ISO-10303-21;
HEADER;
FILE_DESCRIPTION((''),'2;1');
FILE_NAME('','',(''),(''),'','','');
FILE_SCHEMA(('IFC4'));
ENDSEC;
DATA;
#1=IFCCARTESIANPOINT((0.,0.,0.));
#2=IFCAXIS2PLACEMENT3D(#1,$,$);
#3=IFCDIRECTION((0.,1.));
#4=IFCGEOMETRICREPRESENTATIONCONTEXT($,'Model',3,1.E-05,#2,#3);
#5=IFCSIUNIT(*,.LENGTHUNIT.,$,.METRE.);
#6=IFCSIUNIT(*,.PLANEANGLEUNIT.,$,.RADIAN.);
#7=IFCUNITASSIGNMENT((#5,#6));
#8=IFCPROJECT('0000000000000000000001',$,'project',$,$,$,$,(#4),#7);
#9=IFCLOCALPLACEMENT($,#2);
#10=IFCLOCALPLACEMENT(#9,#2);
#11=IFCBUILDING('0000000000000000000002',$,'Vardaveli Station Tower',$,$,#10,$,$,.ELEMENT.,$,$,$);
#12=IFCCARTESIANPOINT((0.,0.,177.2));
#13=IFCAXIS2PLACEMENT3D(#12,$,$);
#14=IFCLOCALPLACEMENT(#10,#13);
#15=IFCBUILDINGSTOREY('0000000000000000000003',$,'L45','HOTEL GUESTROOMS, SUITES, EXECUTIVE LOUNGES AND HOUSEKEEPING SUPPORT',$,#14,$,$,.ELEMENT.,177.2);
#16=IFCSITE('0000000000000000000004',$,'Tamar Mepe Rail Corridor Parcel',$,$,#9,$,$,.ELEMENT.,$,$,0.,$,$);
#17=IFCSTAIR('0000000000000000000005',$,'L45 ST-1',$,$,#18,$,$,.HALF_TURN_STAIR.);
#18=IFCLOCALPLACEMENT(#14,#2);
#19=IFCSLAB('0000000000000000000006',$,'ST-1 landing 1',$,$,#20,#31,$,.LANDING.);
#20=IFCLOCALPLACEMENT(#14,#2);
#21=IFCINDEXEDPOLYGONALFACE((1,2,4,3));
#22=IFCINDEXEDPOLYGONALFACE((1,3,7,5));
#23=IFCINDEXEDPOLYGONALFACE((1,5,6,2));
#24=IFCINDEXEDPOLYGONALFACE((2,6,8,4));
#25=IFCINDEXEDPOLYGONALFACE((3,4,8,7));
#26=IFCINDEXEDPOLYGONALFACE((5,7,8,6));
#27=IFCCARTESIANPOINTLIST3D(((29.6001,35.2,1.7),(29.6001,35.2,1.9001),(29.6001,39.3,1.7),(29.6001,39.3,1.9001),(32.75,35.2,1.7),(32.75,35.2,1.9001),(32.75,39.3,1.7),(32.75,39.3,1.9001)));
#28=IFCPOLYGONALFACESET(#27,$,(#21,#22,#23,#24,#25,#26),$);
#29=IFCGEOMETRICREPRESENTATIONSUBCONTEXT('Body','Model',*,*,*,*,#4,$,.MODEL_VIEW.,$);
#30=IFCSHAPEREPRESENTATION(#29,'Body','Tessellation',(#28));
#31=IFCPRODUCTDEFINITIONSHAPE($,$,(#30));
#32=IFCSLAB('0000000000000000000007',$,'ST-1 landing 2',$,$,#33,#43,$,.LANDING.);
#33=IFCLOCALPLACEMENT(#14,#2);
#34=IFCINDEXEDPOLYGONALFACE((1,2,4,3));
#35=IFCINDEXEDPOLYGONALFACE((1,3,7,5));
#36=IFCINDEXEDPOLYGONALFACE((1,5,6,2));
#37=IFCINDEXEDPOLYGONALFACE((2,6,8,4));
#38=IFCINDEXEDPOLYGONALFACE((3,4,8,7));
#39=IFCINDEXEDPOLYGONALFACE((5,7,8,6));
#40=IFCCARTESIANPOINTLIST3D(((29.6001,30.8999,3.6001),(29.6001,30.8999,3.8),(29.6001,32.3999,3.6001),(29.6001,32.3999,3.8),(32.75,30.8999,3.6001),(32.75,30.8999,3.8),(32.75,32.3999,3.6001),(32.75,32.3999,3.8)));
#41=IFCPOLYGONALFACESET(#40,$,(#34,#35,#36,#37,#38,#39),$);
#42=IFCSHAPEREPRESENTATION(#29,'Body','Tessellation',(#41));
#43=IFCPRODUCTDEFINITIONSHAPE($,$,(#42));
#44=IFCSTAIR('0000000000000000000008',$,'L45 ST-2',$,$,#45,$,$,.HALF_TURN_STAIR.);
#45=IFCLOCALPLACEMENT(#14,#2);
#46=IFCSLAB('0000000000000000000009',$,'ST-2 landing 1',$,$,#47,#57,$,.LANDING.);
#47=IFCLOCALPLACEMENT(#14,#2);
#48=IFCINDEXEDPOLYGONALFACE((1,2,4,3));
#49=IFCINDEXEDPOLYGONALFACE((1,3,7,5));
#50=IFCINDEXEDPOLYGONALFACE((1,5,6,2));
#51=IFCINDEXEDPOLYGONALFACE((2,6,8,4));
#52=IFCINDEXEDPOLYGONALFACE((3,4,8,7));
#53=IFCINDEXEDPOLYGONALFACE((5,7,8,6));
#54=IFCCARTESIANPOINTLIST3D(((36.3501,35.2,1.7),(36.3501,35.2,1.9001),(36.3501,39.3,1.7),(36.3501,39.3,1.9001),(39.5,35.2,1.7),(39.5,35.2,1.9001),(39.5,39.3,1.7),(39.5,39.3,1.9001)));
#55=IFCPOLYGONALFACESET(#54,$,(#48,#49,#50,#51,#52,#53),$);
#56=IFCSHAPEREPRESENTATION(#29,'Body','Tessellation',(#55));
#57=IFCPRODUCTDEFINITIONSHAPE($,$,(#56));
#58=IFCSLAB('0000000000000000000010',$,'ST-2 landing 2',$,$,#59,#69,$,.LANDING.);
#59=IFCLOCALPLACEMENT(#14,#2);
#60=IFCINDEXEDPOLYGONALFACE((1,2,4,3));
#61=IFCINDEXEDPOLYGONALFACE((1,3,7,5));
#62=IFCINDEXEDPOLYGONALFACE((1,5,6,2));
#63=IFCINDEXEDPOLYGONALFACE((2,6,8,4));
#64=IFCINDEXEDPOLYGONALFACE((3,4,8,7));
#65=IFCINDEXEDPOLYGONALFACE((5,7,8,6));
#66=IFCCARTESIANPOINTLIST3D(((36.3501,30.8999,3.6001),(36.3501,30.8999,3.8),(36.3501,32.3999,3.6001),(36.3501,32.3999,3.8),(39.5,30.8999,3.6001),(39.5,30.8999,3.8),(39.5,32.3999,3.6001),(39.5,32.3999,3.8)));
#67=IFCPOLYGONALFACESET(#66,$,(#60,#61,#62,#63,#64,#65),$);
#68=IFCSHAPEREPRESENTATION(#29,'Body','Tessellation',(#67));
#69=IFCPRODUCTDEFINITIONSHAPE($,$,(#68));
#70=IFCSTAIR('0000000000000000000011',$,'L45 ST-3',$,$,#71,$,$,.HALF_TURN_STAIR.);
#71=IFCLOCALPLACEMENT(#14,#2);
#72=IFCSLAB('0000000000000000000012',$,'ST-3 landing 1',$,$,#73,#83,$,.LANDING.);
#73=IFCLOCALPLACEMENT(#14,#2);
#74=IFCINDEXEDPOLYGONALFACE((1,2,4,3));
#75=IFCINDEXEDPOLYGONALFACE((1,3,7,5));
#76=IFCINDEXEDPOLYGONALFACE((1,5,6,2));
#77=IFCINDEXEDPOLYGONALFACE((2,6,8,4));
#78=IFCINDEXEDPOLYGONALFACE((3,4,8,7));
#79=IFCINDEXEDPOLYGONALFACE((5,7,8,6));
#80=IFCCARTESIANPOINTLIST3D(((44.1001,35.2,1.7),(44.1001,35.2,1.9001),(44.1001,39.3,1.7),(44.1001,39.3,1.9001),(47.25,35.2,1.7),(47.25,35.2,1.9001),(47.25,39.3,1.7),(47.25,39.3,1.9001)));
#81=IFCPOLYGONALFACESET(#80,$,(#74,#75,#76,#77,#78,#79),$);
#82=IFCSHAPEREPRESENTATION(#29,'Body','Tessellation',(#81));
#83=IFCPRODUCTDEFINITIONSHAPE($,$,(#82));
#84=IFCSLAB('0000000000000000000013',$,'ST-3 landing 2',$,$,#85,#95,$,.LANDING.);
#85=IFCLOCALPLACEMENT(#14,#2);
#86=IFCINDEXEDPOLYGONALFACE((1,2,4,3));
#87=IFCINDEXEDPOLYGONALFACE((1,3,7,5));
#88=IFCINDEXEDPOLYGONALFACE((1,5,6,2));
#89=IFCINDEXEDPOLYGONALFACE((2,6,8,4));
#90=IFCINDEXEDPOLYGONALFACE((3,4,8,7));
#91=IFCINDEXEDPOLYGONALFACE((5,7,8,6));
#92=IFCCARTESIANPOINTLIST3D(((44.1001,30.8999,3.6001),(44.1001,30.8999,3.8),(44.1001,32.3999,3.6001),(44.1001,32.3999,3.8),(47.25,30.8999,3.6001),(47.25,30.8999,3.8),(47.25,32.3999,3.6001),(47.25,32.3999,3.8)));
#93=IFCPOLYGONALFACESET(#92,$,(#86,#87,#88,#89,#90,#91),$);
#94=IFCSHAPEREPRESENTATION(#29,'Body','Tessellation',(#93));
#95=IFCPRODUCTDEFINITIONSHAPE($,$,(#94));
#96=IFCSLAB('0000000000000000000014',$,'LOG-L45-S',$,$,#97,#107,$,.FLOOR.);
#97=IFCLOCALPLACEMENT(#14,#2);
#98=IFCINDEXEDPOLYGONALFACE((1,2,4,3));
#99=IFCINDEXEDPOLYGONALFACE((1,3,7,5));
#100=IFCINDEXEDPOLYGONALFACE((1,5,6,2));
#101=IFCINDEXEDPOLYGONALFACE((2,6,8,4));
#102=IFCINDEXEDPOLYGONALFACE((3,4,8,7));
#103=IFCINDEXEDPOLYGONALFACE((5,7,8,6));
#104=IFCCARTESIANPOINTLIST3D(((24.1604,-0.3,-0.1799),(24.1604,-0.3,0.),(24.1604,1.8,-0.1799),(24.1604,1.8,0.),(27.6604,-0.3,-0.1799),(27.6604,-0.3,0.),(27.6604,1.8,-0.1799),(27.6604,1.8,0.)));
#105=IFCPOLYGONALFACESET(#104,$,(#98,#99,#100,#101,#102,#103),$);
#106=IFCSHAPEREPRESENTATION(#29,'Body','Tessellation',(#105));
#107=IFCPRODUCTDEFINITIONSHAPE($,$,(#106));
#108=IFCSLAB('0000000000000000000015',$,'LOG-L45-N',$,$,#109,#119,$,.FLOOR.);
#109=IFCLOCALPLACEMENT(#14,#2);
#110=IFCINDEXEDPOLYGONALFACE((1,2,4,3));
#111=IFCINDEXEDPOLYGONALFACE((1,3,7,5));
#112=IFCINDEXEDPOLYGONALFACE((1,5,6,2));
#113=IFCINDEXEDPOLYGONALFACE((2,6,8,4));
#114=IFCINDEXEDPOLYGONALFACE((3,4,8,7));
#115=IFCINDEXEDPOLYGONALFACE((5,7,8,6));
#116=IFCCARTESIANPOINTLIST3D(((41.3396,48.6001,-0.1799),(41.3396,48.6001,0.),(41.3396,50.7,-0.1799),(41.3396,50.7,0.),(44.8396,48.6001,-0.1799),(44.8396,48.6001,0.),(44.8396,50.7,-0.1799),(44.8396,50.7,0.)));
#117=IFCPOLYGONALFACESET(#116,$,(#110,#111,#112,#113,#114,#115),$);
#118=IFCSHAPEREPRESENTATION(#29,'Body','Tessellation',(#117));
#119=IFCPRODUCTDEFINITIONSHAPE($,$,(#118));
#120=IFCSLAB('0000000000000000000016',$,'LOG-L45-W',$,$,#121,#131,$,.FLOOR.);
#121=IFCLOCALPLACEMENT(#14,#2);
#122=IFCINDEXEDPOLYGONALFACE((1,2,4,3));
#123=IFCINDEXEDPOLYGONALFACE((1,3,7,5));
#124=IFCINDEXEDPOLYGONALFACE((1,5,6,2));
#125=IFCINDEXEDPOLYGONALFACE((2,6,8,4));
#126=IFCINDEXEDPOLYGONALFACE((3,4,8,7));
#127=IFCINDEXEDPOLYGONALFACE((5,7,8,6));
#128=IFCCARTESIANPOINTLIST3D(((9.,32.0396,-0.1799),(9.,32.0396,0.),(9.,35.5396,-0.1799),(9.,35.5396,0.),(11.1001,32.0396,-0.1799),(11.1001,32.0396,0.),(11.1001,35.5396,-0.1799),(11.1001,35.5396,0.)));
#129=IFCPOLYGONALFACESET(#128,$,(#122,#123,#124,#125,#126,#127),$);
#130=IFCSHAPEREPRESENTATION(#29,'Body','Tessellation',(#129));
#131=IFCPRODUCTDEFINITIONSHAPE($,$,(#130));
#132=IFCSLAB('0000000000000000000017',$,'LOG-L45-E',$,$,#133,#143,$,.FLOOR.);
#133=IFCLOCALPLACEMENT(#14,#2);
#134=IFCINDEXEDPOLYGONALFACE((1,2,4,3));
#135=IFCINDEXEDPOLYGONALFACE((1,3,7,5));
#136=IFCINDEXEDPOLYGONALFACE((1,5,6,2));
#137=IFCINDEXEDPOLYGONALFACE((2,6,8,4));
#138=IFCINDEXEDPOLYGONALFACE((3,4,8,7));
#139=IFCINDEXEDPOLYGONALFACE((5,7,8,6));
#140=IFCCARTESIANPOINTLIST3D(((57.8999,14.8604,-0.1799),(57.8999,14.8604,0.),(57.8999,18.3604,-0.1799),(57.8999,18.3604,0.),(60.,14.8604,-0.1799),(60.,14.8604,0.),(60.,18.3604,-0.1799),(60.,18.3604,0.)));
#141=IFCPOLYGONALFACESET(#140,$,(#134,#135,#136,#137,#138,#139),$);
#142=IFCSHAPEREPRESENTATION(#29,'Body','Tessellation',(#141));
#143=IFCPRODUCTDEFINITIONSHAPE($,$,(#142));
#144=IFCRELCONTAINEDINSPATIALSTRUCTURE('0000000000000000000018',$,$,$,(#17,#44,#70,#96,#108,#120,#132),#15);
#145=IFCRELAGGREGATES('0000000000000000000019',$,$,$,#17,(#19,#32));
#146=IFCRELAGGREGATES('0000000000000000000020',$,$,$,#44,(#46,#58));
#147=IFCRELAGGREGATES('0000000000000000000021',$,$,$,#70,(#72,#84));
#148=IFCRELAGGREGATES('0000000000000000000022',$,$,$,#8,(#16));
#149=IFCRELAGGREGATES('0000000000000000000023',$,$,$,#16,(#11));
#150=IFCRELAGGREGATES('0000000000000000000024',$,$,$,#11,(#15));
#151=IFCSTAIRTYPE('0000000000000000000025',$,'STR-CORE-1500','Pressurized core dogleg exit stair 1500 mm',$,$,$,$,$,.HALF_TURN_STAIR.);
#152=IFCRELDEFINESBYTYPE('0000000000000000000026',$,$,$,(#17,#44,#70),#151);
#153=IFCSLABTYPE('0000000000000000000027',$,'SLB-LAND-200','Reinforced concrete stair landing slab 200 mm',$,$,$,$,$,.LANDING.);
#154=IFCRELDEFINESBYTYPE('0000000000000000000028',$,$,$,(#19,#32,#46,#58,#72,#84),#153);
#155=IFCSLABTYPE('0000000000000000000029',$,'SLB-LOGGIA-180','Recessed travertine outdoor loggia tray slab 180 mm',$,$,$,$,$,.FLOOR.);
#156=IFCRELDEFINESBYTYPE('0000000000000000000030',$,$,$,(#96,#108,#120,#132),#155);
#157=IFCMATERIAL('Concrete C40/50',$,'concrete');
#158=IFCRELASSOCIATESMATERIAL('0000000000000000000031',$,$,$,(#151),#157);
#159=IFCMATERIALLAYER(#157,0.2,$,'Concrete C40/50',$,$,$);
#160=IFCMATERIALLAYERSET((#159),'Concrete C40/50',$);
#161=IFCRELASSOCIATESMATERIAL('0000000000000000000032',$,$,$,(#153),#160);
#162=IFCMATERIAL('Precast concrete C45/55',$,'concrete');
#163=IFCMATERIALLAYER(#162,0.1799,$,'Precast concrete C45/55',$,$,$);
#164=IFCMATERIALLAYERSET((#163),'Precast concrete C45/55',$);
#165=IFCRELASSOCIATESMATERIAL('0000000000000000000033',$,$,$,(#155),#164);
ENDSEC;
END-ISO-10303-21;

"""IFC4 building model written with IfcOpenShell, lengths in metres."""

from ifc_helpers import new_model, si_unit, direction, frame, origin, place, context, subcontext, project, spatial, polyline, outline, extrude, material, layer, layer_set, type_object, element, aggregate, save


model = new_model("IFC4")

# Units and contexts
model_context = context("Model", 3, precision=1e-05, world=origin(), true_north=direction((0.0, 1.0)))
body_context = subcontext(model_context, "Body", "Model", "MODEL_VIEW")
ifc_project = project(units=[si_unit("LENGTHUNIT", "METRE"), si_unit("PLANEANGLEUNIT", "RADIAN")], contexts=[model_context])

# Site, building, storey
site_placement = place(None, origin())
site = spatial("IfcSite", under=ifc_project, at=site_placement, Name="Tamar Mepe Rail Corridor Parcel", CompositionType="ELEMENT", RefElevation=0.0)
building_placement = place(site_placement, origin())
building = spatial("IfcBuilding", under=site, at=building_placement, Name="Vardaveli Station Tower", CompositionType="ELEMENT")
storey_placement = place(building_placement, frame((0.0, 0.0, 177.2)))
storey = spatial("IfcBuildingStorey", under=building, at=storey_placement, Name="L45", Description="HOTEL GUESTROOMS, SUITES, EXECUTIVE LOUNGES AND HOUSEKEEPING SUPPORT", CompositionType="ELEMENT", Elevation=177.2)

# Stairs, slabs
ifc_material_1 = material(Name="Concrete C40/50", Category="concrete")
stair_type = type_object("IfcStairType", Name="STR-CORE-1500", Description="Pressurized core dogleg exit stair 1500 mm", PredefinedType="HALF_TURN_STAIR", material=ifc_material_1)
stair_1_placement = place(storey_placement, origin())
stair_1 = element("IfcStair", 1, at=stair_1_placement, inside=storey, type_object=stair_type, Name="L45 ST-1", PredefinedType="HALF_TURN_STAIR")
ifc_layer_1 = layer(ifc_material_1, 0.2, Name="Concrete C40/50")
ifc_layer_set_1 = layer_set([ifc_layer_1], Name="Concrete C40/50")
slab_type_1 = type_object("IfcSlabType", Name="SLB-LAND-200", Description="Reinforced concrete stair landing slab 200 mm", PredefinedType="LANDING", material=ifc_layer_set_1)
slab_1_placement = place(storey_placement, frame((0.0, 0.0, 1.7)))
slab_1 = element("IfcSlab", 2, at=slab_1_placement, type_object=slab_type_1, Name="ST-1 landing 1", PredefinedType="LANDING", context=body_context, shape_type="SweptSolid", body=[
    extrude(outline(polyline([(32.75, 35.2), (32.75, 39.3), (29.6001, 39.3), (29.6001, 35.2), (32.75, 35.2)])), origin(), (0.0, 0.0, 1.0), 0.2002),
])
slab_2_placement = place(storey_placement, frame((0.0, 0.0, 3.6001)))
slab_2 = element("IfcSlab", 3, at=slab_2_placement, type_object=slab_type_1, Name="ST-1 landing 2", PredefinedType="LANDING", context=body_context, shape_type="SweptSolid", body=[
    extrude(outline(polyline([(32.75, 30.8999), (32.75, 32.3999), (29.6001, 32.3999), (29.6001, 30.8999), (32.75, 30.8999)])), origin(), (0.0, 0.0, 1.0), 0.2),
])
aggregate(stair_1, [slab_1, slab_2])
stair_2_placement = place(storey_placement, origin())
stair_2 = element("IfcStair", 4, at=stair_2_placement, inside=storey, type_object=stair_type, Name="L45 ST-2", PredefinedType="HALF_TURN_STAIR")
slab_3_placement = place(storey_placement, frame((0.0, 0.0, 1.7)))
slab_3 = element("IfcSlab", 5, at=slab_3_placement, type_object=slab_type_1, Name="ST-2 landing 1", PredefinedType="LANDING", context=body_context, shape_type="SweptSolid", body=[
    extrude(outline(polyline([(39.5, 35.2), (39.5, 39.3), (36.3501, 39.3), (36.3501, 35.2), (39.5, 35.2)])), origin(), (0.0, 0.0, 1.0), 0.2002),
])
slab_4_placement = place(storey_placement, frame((0.0, 0.0, 3.6001)))
slab_4 = element("IfcSlab", 6, at=slab_4_placement, type_object=slab_type_1, Name="ST-2 landing 2", PredefinedType="LANDING", context=body_context, shape_type="SweptSolid", body=[
    extrude(outline(polyline([(39.5, 30.8999), (39.5, 32.3999), (36.3501, 32.3999), (36.3501, 30.8999), (39.5, 30.8999)])), origin(), (0.0, 0.0, 1.0), 0.2),
])
aggregate(stair_2, [slab_3, slab_4])
stair_3_placement = place(storey_placement, origin())
stair_3 = element("IfcStair", 7, at=stair_3_placement, inside=storey, type_object=stair_type, Name="L45 ST-3", PredefinedType="HALF_TURN_STAIR")
slab_5_placement = place(storey_placement, frame((0.0, 0.0, 1.7)))
slab_5 = element("IfcSlab", 8, at=slab_5_placement, type_object=slab_type_1, Name="ST-3 landing 1", PredefinedType="LANDING", context=body_context, shape_type="SweptSolid", body=[
    extrude(outline(polyline([(47.25, 35.2), (47.25, 39.3), (44.1001, 39.3), (44.1001, 35.2), (47.25, 35.2)])), origin(), (0.0, 0.0, 1.0), 0.2002),
])
slab_6_placement = place(storey_placement, frame((0.0, 0.0, 3.6001)))
slab_6 = element("IfcSlab", 9, at=slab_6_placement, type_object=slab_type_1, Name="ST-3 landing 2", PredefinedType="LANDING", context=body_context, shape_type="SweptSolid", body=[
    extrude(outline(polyline([(47.25, 30.8999), (47.25, 32.3999), (44.1001, 32.3999), (44.1001, 30.8999), (47.25, 30.8999)])), origin(), (0.0, 0.0, 1.0), 0.2),
])
aggregate(stair_3, [slab_5, slab_6])

# Slabs
ifc_material_2 = material(Name="Precast concrete C45/55", Category="concrete")
ifc_layer_2 = layer(ifc_material_2, 0.1799, Name="Precast concrete C45/55")
ifc_layer_set_2 = layer_set([ifc_layer_2], Name="Precast concrete C45/55")
slab_type_2 = type_object("IfcSlabType", Name="SLB-LOGGIA-180", Description="Recessed travertine outdoor loggia tray slab 180 mm", PredefinedType="FLOOR", material=ifc_layer_set_2)
slab_7_placement = place(storey_placement, frame((0.0, 0.0, -0.1799)))
element("IfcSlab", 10, at=slab_7_placement, inside=storey, type_object=slab_type_2, Name="LOG-L45-S", PredefinedType="FLOOR", context=body_context, shape_type="SweptSolid", body=[
    extrude(outline(polyline([(24.1604, -0.3), (27.6604, -0.3), (27.6604, 1.8), (24.1604, 1.8), (24.1604, -0.3)])), origin(), (0.0, 0.0, 1.0), 0.1799),
])
slab_8_placement = place(storey_placement, frame((0.0, 0.0, -0.1799)))
element("IfcSlab", 11, at=slab_8_placement, inside=storey, type_object=slab_type_2, Name="LOG-L45-N", PredefinedType="FLOOR", context=body_context, shape_type="SweptSolid", body=[
    extrude(outline(polyline([(41.3396, 48.6001), (44.8396, 48.6001), (44.8396, 50.7), (41.3396, 50.7), (41.3396, 48.6001)])), origin(), (0.0, 0.0, 1.0), 0.1799),
])
slab_9_placement = place(storey_placement, frame((0.0, 0.0, -0.1799)))
element("IfcSlab", 12, at=slab_9_placement, inside=storey, type_object=slab_type_2, Name="LOG-L45-W", PredefinedType="FLOOR", context=body_context, shape_type="SweptSolid", body=[
    extrude(outline(polyline([(9.0, 32.0396), (11.1001, 32.0396), (11.1001, 35.5396), (9.0, 35.5396), (9.0, 32.0396)])), origin(), (0.0, 0.0, 1.0), 0.1799),
])
slab_10_placement = place(storey_placement, frame((0.0, 0.0, -0.1799)))
element("IfcSlab", 13, at=slab_10_placement, inside=storey, type_object=slab_type_2, Name="LOG-L45-E", PredefinedType="FLOOR", context=body_context, shape_type="SweptSolid", body=[
    extrude(outline(polyline([(57.8999, 14.8604), (60.0, 14.8604), (60.0, 18.3604), (57.8999, 18.3604), (57.8999, 14.8604)])), origin(), (0.0, 0.0, 1.0), 0.1799),
])

save(model, "model.ifc")
